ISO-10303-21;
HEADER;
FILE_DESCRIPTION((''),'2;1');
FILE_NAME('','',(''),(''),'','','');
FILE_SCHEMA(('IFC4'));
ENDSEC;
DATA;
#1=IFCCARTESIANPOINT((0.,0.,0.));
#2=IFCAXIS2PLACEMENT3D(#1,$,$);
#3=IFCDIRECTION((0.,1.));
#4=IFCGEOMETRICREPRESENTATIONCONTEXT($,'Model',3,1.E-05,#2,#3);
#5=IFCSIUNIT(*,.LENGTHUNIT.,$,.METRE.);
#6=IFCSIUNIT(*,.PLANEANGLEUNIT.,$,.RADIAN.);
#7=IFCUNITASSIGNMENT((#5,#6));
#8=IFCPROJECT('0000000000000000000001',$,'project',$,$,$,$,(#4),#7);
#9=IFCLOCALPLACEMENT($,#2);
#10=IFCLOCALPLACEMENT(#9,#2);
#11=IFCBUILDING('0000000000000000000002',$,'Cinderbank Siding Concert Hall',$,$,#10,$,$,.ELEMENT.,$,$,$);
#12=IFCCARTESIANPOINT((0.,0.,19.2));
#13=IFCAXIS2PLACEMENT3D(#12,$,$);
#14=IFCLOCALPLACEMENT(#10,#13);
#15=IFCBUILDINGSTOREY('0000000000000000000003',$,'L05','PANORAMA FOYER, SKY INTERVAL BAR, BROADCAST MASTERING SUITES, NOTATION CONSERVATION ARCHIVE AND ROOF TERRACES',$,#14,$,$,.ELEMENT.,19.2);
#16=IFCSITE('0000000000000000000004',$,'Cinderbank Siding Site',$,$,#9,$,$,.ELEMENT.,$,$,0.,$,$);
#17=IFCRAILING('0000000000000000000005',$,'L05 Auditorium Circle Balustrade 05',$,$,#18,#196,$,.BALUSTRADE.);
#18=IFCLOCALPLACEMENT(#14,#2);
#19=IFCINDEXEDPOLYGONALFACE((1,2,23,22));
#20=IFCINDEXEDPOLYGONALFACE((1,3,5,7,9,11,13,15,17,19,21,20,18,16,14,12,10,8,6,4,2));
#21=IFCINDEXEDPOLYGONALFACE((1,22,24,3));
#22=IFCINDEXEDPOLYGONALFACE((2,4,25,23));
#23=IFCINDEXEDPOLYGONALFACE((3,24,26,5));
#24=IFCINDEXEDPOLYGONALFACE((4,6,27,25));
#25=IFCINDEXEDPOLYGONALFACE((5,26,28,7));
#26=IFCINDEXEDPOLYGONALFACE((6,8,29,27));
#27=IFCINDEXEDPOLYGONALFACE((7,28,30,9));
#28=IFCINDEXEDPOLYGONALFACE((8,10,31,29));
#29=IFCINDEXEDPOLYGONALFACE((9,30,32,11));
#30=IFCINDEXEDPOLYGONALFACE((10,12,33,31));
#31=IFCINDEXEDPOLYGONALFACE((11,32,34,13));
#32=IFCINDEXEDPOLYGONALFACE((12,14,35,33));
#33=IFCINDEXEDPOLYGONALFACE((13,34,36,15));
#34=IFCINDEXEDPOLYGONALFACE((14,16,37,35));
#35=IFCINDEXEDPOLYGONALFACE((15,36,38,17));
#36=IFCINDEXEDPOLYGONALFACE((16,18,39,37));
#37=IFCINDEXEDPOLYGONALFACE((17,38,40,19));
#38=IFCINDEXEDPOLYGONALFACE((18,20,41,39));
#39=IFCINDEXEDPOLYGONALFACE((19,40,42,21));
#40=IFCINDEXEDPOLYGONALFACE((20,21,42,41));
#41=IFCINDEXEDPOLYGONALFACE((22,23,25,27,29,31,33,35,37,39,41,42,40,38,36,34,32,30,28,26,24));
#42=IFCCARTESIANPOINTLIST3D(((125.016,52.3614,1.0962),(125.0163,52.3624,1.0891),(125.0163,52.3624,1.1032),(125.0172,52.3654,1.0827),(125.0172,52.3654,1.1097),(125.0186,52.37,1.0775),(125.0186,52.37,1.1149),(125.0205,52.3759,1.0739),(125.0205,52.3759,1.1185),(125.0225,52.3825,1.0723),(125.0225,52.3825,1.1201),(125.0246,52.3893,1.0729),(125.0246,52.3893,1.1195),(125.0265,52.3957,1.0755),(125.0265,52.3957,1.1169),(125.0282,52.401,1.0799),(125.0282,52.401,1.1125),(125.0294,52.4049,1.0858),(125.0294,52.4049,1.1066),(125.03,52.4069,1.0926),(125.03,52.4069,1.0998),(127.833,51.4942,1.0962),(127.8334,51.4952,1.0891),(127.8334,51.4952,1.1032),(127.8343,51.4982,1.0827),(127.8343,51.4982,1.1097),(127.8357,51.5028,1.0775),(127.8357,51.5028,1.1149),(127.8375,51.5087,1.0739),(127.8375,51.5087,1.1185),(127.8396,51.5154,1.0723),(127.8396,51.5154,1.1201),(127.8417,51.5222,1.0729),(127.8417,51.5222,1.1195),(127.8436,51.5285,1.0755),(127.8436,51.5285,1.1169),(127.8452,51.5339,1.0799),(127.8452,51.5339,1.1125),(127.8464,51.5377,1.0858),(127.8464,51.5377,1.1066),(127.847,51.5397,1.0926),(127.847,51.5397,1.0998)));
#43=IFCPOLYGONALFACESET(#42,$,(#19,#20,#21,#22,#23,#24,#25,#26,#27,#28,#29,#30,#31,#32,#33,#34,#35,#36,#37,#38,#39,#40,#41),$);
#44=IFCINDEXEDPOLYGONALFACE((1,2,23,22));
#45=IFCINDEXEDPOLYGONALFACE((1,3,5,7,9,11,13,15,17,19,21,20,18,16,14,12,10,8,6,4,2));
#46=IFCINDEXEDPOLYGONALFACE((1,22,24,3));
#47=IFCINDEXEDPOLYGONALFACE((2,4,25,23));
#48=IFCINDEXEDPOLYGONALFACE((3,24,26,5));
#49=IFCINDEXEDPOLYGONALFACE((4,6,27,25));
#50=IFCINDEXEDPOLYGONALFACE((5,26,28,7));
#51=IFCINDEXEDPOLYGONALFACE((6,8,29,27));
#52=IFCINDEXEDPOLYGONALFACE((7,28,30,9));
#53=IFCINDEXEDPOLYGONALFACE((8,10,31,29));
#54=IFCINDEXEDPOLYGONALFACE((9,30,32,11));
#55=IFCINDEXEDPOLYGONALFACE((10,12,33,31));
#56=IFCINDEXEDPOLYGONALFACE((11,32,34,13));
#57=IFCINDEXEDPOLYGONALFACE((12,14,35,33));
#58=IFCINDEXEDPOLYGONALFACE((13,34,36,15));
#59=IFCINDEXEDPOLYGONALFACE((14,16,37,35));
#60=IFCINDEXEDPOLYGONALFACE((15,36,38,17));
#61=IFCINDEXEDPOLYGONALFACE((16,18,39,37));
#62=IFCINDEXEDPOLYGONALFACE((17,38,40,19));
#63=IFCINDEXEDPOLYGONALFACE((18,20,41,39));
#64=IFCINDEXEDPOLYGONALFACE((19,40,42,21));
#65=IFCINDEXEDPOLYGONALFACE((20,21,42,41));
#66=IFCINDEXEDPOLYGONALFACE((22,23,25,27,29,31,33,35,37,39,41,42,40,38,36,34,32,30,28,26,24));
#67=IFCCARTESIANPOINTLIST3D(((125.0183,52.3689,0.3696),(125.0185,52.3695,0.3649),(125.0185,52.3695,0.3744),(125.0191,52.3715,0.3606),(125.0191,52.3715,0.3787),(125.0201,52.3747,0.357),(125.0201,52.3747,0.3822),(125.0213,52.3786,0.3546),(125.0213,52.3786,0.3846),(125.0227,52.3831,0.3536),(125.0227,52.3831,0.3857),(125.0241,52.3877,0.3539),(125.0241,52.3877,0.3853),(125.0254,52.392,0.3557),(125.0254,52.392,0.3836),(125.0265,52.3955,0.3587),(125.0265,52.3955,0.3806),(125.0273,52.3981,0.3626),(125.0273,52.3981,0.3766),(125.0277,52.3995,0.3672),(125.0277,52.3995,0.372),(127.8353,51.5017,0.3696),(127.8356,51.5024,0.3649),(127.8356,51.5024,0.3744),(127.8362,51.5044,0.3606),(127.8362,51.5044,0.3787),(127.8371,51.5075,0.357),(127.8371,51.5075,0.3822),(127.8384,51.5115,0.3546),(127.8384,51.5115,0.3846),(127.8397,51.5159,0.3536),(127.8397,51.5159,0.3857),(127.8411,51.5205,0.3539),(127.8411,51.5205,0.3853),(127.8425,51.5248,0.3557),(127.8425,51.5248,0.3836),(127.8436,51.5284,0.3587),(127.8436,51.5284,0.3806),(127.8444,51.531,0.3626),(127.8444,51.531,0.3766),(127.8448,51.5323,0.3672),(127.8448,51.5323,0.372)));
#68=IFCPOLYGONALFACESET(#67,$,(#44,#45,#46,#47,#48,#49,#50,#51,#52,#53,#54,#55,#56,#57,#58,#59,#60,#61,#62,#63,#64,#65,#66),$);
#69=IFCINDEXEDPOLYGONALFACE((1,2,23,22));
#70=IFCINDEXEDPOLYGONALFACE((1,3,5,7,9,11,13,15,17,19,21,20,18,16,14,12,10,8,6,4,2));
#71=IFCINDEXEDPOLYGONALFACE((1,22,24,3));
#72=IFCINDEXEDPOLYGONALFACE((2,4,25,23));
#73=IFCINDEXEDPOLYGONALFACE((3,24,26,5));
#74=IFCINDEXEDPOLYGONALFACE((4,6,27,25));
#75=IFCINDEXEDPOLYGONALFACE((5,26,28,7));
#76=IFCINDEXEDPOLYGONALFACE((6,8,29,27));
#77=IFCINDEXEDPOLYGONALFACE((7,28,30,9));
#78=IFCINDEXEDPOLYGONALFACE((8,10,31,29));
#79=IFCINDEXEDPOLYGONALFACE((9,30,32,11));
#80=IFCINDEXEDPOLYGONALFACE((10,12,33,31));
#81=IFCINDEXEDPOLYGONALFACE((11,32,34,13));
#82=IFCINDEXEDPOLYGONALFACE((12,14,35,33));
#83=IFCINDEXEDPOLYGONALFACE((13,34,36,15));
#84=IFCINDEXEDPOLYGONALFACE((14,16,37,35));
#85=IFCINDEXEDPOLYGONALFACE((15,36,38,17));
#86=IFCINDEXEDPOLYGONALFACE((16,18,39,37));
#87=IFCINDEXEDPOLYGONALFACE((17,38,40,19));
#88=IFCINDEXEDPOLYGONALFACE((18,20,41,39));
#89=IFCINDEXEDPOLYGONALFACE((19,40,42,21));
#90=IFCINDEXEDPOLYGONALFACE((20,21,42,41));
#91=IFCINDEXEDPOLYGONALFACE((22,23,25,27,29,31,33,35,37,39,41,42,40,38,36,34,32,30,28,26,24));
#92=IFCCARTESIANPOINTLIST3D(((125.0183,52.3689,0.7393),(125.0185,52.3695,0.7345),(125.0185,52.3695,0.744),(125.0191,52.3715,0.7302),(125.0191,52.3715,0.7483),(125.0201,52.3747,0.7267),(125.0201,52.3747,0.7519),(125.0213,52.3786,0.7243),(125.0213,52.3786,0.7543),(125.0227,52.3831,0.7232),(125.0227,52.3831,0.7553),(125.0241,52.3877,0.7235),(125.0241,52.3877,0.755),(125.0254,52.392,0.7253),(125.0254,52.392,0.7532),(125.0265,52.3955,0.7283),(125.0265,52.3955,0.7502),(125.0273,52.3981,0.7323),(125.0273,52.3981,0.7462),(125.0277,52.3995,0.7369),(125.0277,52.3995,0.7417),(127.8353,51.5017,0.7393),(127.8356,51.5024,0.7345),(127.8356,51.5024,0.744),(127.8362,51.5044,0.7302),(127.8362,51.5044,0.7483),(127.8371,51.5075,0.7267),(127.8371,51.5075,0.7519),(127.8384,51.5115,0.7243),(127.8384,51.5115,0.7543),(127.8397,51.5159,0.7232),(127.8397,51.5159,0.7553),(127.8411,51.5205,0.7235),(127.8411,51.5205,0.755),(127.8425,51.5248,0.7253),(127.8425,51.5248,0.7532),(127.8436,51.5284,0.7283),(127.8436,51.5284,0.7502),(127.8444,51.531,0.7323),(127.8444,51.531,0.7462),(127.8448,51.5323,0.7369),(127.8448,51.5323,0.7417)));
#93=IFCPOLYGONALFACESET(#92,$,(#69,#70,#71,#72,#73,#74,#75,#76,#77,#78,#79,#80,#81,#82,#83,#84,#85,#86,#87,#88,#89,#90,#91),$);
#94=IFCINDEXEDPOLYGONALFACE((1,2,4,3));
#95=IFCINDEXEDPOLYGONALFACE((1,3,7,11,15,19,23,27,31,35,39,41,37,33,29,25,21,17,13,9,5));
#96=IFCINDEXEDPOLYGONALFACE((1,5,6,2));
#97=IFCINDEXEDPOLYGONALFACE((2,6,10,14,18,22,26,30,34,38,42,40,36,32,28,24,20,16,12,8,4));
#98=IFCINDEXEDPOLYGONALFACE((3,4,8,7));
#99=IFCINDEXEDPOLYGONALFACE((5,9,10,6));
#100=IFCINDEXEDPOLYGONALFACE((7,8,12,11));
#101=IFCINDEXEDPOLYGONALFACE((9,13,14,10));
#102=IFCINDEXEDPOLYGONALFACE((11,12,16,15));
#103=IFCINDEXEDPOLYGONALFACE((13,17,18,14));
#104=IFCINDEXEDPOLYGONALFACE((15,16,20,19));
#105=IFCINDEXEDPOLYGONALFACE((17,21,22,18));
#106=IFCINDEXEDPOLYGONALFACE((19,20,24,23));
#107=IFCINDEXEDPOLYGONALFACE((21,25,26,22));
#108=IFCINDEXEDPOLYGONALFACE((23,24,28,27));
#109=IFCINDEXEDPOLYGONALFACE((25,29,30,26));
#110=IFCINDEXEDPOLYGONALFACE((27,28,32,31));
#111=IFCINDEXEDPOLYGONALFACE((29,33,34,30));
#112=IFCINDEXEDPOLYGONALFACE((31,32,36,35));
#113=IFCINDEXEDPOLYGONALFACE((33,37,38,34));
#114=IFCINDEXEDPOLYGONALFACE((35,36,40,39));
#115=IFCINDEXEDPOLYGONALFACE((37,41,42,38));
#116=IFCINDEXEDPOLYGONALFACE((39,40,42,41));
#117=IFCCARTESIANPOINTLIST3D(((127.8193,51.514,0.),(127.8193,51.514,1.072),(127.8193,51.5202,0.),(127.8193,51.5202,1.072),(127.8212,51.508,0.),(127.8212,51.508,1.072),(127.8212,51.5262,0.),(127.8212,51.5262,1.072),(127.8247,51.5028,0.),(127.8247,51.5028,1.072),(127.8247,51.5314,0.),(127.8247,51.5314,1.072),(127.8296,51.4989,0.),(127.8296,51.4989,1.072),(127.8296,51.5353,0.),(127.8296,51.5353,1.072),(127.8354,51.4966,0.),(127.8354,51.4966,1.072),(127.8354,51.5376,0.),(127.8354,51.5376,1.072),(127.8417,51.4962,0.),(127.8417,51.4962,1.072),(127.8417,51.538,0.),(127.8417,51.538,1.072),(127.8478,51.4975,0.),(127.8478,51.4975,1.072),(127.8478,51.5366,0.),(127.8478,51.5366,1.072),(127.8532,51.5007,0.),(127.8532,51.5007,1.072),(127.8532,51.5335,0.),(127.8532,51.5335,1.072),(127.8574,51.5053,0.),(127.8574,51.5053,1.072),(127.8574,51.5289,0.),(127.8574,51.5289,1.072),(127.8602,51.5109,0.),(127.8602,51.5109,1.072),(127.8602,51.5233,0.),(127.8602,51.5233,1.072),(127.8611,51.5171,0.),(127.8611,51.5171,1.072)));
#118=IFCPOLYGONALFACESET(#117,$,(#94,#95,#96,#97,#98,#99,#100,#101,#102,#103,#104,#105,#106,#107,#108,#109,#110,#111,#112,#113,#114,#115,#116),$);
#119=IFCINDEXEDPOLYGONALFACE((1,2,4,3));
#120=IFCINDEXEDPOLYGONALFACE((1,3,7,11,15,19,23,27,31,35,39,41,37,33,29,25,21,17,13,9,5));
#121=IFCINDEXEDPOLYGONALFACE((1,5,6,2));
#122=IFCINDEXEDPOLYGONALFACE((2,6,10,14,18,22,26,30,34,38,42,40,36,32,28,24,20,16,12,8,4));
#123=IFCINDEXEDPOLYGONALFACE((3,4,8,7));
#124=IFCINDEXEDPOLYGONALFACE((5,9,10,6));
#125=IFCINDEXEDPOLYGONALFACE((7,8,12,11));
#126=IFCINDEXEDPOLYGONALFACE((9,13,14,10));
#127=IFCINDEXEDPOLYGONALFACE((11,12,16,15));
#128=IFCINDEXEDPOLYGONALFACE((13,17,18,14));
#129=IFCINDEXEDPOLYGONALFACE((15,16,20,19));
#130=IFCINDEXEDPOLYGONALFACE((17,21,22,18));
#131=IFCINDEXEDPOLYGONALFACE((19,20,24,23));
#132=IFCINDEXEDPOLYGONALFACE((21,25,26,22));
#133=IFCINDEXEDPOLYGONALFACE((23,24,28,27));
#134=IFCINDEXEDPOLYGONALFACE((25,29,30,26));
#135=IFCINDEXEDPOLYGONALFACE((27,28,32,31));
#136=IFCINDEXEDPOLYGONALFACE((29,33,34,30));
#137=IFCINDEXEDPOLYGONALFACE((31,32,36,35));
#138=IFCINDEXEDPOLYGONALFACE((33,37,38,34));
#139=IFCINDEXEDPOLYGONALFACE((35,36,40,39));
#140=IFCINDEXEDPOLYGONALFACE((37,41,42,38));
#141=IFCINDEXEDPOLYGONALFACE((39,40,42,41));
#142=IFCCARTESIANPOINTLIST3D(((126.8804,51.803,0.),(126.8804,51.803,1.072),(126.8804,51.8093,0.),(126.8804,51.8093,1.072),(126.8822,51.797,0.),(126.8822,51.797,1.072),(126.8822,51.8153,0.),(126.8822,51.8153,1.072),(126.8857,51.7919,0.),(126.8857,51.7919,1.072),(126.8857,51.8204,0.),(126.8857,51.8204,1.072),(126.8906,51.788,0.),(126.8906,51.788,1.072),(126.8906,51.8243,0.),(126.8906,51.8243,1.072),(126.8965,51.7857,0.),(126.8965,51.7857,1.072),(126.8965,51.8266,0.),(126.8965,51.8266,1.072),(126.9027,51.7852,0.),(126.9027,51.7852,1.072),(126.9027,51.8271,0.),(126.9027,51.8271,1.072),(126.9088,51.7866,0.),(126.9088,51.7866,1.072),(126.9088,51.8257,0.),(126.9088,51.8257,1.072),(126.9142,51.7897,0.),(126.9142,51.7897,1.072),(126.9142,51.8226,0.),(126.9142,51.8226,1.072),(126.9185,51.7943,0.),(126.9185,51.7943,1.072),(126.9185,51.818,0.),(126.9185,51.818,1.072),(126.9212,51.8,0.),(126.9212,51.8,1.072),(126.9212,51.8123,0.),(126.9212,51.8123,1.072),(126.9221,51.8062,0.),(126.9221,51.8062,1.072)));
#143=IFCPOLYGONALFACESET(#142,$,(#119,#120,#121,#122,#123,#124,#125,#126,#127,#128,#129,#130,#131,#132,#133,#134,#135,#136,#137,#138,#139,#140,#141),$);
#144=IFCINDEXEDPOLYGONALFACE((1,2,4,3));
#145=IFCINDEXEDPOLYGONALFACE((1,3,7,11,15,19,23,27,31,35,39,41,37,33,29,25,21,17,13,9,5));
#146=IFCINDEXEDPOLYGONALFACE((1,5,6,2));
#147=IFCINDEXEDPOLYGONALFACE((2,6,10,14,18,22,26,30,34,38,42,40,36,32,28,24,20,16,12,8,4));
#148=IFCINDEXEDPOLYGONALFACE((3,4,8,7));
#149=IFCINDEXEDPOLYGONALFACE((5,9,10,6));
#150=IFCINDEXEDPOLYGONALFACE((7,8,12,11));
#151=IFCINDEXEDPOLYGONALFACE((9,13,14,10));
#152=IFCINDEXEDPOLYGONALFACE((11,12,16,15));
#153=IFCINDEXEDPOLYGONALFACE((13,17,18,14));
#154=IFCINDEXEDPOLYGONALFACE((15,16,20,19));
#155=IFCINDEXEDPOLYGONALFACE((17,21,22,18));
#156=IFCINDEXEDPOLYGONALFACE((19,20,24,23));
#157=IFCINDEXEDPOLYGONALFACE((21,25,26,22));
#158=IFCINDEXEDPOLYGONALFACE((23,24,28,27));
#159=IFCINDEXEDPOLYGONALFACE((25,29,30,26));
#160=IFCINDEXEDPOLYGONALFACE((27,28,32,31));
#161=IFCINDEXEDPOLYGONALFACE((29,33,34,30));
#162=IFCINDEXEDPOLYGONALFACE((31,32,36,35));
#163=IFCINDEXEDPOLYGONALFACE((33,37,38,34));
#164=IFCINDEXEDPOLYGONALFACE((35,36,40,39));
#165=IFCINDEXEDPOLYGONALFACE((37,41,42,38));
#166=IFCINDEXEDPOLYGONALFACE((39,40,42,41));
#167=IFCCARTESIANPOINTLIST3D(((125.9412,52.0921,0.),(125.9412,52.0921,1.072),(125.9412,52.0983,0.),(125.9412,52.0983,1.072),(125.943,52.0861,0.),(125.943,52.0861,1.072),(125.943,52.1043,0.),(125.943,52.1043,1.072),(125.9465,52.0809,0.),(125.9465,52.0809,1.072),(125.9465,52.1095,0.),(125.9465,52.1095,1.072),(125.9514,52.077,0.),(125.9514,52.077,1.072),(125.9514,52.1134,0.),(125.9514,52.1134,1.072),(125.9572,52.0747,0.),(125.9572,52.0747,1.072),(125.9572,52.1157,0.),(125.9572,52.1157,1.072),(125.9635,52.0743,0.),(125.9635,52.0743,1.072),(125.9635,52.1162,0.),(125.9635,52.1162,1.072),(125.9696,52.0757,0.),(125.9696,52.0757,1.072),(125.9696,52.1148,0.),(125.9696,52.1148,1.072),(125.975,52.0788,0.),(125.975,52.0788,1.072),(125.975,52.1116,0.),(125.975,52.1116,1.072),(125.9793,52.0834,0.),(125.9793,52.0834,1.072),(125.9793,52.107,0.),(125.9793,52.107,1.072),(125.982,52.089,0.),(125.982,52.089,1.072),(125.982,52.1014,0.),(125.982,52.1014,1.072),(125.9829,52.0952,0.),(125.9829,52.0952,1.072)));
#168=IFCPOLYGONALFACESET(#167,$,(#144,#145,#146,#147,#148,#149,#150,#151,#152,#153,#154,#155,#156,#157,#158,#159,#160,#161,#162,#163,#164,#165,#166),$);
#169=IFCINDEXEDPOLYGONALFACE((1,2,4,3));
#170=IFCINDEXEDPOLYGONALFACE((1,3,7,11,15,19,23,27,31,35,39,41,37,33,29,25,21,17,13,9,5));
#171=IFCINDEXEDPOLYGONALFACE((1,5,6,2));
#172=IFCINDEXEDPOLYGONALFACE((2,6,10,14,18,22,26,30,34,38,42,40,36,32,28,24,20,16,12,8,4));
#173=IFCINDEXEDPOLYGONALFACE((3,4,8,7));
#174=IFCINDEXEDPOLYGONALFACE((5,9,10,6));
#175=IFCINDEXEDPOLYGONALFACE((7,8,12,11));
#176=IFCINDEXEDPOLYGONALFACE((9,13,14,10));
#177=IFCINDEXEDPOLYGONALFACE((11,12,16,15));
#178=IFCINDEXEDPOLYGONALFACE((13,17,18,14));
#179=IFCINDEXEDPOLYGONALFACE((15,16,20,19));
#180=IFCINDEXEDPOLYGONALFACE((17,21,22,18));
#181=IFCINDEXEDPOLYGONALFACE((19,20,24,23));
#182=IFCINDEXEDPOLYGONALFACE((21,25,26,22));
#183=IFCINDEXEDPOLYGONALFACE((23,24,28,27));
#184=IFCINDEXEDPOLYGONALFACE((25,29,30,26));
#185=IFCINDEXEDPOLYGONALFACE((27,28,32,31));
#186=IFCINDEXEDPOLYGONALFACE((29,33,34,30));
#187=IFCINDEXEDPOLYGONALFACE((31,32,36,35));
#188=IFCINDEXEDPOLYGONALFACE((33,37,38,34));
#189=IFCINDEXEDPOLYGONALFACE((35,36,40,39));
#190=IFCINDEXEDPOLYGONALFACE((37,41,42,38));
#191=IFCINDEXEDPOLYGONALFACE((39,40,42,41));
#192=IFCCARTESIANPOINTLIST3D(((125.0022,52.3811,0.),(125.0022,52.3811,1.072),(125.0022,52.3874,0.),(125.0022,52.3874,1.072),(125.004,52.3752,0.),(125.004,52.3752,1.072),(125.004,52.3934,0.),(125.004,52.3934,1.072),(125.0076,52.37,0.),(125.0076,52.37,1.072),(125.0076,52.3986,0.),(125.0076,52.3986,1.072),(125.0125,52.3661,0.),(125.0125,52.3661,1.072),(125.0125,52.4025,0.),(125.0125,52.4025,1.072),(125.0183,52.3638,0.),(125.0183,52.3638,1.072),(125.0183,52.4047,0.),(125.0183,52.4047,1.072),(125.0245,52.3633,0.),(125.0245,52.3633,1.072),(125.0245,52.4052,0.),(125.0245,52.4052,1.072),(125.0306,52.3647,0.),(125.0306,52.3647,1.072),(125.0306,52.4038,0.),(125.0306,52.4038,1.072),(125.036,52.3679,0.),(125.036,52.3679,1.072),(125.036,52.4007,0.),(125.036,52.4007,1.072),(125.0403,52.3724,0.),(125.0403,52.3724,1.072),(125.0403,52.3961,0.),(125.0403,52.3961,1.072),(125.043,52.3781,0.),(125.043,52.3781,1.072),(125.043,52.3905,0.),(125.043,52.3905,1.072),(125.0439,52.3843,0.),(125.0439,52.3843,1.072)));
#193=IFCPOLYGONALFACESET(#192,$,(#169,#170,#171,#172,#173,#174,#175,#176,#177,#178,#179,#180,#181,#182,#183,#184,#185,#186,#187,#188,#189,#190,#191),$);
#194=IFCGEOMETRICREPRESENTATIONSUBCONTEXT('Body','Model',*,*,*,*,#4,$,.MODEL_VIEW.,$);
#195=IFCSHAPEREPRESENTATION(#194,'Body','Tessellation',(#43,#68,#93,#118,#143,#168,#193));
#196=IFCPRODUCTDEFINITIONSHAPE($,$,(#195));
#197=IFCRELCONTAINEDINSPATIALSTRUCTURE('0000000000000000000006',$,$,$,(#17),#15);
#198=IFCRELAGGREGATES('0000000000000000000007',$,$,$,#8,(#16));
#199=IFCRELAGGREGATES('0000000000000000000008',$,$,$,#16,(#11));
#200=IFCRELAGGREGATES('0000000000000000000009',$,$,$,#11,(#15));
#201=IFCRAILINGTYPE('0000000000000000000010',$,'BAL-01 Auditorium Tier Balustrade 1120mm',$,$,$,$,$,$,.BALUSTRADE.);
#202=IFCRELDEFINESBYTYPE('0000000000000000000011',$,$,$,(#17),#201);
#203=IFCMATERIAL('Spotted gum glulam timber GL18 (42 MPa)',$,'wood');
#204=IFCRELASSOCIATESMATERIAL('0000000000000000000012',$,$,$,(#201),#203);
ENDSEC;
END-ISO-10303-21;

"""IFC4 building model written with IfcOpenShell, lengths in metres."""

from ifc_helpers import new_model, si_unit, direction, frame, origin, origin_2d, place, context, subcontext, project, spatial, circle, extrude, material, type_object, element, save


model = new_model("IFC4")

# Units and contexts
model_context = context("Model", 3, precision=1e-05, world=origin(), true_north=direction((0.0, 1.0)))
body_context = subcontext(model_context, "Body", "Model", "MODEL_VIEW")
ifc_project = project(units=[si_unit("LENGTHUNIT", "METRE"), si_unit("PLANEANGLEUNIT", "RADIAN")], contexts=[model_context])

# Site, building, storey
site_placement = place(None, origin())
site = spatial("IfcSite", under=ifc_project, at=site_placement, Name="Cinderbank Siding Site", CompositionType="ELEMENT", RefElevation=0.0)
building_placement = place(site_placement, origin())
building = spatial("IfcBuilding", under=site, at=building_placement, Name="Cinderbank Siding Concert Hall", CompositionType="ELEMENT")
storey_placement = place(building_placement, frame((0.0, 0.0, 19.2)))
storey = spatial("IfcBuildingStorey", under=building, at=storey_placement, Name="L05", Description="PANORAMA FOYER, SKY INTERVAL BAR, BROADCAST MASTERING SUITES, NOTATION CONSERVATION ARCHIVE AND ROOF TERRACES", CompositionType="ELEMENT", Elevation=19.2)

# Railing
ifc_material_1 = material(Name="Spotted gum glulam timber GL18 (42 MPa)", Category="wood")
railing_type = type_object("IfcRailingType", Name="BAL-01 Auditorium Tier Balustrade 1120mm", PredefinedType="BALUSTRADE", material=ifc_material_1)
railing_1_placement = place(storey_placement, frame((127.8401, 51.5171, 0.0)))
element("IfcRailing", 1, at=railing_1_placement, inside=storey, type_object=railing_type, Name="L05 Auditorium Circle Balustrade 05", PredefinedType="BALUSTRADE", context=body_context, shape_type="SweptSolid", body=[
    extrude(circle(Radius=0.0239, at=origin_2d()), frame((0.0, 0.0, 1.0962), z_axis=(-0.955743, 0.294202, 0.0), x_axis=(-0.294202, -0.955743, 0.0)), (0.0, 0.0, 1.0), 2.9475),
    extrude(circle(Radius=0.0161, at=origin_2d()), frame((0.0, 0.0, 0.3696), z_axis=(-0.955743, 0.294202, 0.0), x_axis=(-0.294202, -0.955743, 0.0)), (0.0, 0.0, 1.0), 2.9475),
    extrude(circle(Radius=0.0161, at=origin_2d()), frame((0.0, 0.0, 0.7393), z_axis=(-0.955743, 0.294202, 0.0), x_axis=(-0.294202, -0.955743, 0.0)), (0.0, 0.0, 1.0), 2.9475),
    extrude(circle(Radius=0.021, at=origin_2d()), origin(), (0.0, 0.0, 1.0), 1.072),
    extrude(circle(Radius=0.021, at=origin_2d()), frame((-0.939, 0.2891, 0.0)), (0.0, 0.0, 1.0), 1.072),
    extrude(circle(Radius=0.021, at=origin_2d()), frame((-1.8782, 0.5781, 0.0)), (0.0, 0.0, 1.0), 1.072),
    extrude(circle(Radius=0.021, at=origin_2d()), frame((-2.8171, 0.8672, 0.0)), (0.0, 0.0, 1.0), 1.072),
])

save(model, "model.ifc")
